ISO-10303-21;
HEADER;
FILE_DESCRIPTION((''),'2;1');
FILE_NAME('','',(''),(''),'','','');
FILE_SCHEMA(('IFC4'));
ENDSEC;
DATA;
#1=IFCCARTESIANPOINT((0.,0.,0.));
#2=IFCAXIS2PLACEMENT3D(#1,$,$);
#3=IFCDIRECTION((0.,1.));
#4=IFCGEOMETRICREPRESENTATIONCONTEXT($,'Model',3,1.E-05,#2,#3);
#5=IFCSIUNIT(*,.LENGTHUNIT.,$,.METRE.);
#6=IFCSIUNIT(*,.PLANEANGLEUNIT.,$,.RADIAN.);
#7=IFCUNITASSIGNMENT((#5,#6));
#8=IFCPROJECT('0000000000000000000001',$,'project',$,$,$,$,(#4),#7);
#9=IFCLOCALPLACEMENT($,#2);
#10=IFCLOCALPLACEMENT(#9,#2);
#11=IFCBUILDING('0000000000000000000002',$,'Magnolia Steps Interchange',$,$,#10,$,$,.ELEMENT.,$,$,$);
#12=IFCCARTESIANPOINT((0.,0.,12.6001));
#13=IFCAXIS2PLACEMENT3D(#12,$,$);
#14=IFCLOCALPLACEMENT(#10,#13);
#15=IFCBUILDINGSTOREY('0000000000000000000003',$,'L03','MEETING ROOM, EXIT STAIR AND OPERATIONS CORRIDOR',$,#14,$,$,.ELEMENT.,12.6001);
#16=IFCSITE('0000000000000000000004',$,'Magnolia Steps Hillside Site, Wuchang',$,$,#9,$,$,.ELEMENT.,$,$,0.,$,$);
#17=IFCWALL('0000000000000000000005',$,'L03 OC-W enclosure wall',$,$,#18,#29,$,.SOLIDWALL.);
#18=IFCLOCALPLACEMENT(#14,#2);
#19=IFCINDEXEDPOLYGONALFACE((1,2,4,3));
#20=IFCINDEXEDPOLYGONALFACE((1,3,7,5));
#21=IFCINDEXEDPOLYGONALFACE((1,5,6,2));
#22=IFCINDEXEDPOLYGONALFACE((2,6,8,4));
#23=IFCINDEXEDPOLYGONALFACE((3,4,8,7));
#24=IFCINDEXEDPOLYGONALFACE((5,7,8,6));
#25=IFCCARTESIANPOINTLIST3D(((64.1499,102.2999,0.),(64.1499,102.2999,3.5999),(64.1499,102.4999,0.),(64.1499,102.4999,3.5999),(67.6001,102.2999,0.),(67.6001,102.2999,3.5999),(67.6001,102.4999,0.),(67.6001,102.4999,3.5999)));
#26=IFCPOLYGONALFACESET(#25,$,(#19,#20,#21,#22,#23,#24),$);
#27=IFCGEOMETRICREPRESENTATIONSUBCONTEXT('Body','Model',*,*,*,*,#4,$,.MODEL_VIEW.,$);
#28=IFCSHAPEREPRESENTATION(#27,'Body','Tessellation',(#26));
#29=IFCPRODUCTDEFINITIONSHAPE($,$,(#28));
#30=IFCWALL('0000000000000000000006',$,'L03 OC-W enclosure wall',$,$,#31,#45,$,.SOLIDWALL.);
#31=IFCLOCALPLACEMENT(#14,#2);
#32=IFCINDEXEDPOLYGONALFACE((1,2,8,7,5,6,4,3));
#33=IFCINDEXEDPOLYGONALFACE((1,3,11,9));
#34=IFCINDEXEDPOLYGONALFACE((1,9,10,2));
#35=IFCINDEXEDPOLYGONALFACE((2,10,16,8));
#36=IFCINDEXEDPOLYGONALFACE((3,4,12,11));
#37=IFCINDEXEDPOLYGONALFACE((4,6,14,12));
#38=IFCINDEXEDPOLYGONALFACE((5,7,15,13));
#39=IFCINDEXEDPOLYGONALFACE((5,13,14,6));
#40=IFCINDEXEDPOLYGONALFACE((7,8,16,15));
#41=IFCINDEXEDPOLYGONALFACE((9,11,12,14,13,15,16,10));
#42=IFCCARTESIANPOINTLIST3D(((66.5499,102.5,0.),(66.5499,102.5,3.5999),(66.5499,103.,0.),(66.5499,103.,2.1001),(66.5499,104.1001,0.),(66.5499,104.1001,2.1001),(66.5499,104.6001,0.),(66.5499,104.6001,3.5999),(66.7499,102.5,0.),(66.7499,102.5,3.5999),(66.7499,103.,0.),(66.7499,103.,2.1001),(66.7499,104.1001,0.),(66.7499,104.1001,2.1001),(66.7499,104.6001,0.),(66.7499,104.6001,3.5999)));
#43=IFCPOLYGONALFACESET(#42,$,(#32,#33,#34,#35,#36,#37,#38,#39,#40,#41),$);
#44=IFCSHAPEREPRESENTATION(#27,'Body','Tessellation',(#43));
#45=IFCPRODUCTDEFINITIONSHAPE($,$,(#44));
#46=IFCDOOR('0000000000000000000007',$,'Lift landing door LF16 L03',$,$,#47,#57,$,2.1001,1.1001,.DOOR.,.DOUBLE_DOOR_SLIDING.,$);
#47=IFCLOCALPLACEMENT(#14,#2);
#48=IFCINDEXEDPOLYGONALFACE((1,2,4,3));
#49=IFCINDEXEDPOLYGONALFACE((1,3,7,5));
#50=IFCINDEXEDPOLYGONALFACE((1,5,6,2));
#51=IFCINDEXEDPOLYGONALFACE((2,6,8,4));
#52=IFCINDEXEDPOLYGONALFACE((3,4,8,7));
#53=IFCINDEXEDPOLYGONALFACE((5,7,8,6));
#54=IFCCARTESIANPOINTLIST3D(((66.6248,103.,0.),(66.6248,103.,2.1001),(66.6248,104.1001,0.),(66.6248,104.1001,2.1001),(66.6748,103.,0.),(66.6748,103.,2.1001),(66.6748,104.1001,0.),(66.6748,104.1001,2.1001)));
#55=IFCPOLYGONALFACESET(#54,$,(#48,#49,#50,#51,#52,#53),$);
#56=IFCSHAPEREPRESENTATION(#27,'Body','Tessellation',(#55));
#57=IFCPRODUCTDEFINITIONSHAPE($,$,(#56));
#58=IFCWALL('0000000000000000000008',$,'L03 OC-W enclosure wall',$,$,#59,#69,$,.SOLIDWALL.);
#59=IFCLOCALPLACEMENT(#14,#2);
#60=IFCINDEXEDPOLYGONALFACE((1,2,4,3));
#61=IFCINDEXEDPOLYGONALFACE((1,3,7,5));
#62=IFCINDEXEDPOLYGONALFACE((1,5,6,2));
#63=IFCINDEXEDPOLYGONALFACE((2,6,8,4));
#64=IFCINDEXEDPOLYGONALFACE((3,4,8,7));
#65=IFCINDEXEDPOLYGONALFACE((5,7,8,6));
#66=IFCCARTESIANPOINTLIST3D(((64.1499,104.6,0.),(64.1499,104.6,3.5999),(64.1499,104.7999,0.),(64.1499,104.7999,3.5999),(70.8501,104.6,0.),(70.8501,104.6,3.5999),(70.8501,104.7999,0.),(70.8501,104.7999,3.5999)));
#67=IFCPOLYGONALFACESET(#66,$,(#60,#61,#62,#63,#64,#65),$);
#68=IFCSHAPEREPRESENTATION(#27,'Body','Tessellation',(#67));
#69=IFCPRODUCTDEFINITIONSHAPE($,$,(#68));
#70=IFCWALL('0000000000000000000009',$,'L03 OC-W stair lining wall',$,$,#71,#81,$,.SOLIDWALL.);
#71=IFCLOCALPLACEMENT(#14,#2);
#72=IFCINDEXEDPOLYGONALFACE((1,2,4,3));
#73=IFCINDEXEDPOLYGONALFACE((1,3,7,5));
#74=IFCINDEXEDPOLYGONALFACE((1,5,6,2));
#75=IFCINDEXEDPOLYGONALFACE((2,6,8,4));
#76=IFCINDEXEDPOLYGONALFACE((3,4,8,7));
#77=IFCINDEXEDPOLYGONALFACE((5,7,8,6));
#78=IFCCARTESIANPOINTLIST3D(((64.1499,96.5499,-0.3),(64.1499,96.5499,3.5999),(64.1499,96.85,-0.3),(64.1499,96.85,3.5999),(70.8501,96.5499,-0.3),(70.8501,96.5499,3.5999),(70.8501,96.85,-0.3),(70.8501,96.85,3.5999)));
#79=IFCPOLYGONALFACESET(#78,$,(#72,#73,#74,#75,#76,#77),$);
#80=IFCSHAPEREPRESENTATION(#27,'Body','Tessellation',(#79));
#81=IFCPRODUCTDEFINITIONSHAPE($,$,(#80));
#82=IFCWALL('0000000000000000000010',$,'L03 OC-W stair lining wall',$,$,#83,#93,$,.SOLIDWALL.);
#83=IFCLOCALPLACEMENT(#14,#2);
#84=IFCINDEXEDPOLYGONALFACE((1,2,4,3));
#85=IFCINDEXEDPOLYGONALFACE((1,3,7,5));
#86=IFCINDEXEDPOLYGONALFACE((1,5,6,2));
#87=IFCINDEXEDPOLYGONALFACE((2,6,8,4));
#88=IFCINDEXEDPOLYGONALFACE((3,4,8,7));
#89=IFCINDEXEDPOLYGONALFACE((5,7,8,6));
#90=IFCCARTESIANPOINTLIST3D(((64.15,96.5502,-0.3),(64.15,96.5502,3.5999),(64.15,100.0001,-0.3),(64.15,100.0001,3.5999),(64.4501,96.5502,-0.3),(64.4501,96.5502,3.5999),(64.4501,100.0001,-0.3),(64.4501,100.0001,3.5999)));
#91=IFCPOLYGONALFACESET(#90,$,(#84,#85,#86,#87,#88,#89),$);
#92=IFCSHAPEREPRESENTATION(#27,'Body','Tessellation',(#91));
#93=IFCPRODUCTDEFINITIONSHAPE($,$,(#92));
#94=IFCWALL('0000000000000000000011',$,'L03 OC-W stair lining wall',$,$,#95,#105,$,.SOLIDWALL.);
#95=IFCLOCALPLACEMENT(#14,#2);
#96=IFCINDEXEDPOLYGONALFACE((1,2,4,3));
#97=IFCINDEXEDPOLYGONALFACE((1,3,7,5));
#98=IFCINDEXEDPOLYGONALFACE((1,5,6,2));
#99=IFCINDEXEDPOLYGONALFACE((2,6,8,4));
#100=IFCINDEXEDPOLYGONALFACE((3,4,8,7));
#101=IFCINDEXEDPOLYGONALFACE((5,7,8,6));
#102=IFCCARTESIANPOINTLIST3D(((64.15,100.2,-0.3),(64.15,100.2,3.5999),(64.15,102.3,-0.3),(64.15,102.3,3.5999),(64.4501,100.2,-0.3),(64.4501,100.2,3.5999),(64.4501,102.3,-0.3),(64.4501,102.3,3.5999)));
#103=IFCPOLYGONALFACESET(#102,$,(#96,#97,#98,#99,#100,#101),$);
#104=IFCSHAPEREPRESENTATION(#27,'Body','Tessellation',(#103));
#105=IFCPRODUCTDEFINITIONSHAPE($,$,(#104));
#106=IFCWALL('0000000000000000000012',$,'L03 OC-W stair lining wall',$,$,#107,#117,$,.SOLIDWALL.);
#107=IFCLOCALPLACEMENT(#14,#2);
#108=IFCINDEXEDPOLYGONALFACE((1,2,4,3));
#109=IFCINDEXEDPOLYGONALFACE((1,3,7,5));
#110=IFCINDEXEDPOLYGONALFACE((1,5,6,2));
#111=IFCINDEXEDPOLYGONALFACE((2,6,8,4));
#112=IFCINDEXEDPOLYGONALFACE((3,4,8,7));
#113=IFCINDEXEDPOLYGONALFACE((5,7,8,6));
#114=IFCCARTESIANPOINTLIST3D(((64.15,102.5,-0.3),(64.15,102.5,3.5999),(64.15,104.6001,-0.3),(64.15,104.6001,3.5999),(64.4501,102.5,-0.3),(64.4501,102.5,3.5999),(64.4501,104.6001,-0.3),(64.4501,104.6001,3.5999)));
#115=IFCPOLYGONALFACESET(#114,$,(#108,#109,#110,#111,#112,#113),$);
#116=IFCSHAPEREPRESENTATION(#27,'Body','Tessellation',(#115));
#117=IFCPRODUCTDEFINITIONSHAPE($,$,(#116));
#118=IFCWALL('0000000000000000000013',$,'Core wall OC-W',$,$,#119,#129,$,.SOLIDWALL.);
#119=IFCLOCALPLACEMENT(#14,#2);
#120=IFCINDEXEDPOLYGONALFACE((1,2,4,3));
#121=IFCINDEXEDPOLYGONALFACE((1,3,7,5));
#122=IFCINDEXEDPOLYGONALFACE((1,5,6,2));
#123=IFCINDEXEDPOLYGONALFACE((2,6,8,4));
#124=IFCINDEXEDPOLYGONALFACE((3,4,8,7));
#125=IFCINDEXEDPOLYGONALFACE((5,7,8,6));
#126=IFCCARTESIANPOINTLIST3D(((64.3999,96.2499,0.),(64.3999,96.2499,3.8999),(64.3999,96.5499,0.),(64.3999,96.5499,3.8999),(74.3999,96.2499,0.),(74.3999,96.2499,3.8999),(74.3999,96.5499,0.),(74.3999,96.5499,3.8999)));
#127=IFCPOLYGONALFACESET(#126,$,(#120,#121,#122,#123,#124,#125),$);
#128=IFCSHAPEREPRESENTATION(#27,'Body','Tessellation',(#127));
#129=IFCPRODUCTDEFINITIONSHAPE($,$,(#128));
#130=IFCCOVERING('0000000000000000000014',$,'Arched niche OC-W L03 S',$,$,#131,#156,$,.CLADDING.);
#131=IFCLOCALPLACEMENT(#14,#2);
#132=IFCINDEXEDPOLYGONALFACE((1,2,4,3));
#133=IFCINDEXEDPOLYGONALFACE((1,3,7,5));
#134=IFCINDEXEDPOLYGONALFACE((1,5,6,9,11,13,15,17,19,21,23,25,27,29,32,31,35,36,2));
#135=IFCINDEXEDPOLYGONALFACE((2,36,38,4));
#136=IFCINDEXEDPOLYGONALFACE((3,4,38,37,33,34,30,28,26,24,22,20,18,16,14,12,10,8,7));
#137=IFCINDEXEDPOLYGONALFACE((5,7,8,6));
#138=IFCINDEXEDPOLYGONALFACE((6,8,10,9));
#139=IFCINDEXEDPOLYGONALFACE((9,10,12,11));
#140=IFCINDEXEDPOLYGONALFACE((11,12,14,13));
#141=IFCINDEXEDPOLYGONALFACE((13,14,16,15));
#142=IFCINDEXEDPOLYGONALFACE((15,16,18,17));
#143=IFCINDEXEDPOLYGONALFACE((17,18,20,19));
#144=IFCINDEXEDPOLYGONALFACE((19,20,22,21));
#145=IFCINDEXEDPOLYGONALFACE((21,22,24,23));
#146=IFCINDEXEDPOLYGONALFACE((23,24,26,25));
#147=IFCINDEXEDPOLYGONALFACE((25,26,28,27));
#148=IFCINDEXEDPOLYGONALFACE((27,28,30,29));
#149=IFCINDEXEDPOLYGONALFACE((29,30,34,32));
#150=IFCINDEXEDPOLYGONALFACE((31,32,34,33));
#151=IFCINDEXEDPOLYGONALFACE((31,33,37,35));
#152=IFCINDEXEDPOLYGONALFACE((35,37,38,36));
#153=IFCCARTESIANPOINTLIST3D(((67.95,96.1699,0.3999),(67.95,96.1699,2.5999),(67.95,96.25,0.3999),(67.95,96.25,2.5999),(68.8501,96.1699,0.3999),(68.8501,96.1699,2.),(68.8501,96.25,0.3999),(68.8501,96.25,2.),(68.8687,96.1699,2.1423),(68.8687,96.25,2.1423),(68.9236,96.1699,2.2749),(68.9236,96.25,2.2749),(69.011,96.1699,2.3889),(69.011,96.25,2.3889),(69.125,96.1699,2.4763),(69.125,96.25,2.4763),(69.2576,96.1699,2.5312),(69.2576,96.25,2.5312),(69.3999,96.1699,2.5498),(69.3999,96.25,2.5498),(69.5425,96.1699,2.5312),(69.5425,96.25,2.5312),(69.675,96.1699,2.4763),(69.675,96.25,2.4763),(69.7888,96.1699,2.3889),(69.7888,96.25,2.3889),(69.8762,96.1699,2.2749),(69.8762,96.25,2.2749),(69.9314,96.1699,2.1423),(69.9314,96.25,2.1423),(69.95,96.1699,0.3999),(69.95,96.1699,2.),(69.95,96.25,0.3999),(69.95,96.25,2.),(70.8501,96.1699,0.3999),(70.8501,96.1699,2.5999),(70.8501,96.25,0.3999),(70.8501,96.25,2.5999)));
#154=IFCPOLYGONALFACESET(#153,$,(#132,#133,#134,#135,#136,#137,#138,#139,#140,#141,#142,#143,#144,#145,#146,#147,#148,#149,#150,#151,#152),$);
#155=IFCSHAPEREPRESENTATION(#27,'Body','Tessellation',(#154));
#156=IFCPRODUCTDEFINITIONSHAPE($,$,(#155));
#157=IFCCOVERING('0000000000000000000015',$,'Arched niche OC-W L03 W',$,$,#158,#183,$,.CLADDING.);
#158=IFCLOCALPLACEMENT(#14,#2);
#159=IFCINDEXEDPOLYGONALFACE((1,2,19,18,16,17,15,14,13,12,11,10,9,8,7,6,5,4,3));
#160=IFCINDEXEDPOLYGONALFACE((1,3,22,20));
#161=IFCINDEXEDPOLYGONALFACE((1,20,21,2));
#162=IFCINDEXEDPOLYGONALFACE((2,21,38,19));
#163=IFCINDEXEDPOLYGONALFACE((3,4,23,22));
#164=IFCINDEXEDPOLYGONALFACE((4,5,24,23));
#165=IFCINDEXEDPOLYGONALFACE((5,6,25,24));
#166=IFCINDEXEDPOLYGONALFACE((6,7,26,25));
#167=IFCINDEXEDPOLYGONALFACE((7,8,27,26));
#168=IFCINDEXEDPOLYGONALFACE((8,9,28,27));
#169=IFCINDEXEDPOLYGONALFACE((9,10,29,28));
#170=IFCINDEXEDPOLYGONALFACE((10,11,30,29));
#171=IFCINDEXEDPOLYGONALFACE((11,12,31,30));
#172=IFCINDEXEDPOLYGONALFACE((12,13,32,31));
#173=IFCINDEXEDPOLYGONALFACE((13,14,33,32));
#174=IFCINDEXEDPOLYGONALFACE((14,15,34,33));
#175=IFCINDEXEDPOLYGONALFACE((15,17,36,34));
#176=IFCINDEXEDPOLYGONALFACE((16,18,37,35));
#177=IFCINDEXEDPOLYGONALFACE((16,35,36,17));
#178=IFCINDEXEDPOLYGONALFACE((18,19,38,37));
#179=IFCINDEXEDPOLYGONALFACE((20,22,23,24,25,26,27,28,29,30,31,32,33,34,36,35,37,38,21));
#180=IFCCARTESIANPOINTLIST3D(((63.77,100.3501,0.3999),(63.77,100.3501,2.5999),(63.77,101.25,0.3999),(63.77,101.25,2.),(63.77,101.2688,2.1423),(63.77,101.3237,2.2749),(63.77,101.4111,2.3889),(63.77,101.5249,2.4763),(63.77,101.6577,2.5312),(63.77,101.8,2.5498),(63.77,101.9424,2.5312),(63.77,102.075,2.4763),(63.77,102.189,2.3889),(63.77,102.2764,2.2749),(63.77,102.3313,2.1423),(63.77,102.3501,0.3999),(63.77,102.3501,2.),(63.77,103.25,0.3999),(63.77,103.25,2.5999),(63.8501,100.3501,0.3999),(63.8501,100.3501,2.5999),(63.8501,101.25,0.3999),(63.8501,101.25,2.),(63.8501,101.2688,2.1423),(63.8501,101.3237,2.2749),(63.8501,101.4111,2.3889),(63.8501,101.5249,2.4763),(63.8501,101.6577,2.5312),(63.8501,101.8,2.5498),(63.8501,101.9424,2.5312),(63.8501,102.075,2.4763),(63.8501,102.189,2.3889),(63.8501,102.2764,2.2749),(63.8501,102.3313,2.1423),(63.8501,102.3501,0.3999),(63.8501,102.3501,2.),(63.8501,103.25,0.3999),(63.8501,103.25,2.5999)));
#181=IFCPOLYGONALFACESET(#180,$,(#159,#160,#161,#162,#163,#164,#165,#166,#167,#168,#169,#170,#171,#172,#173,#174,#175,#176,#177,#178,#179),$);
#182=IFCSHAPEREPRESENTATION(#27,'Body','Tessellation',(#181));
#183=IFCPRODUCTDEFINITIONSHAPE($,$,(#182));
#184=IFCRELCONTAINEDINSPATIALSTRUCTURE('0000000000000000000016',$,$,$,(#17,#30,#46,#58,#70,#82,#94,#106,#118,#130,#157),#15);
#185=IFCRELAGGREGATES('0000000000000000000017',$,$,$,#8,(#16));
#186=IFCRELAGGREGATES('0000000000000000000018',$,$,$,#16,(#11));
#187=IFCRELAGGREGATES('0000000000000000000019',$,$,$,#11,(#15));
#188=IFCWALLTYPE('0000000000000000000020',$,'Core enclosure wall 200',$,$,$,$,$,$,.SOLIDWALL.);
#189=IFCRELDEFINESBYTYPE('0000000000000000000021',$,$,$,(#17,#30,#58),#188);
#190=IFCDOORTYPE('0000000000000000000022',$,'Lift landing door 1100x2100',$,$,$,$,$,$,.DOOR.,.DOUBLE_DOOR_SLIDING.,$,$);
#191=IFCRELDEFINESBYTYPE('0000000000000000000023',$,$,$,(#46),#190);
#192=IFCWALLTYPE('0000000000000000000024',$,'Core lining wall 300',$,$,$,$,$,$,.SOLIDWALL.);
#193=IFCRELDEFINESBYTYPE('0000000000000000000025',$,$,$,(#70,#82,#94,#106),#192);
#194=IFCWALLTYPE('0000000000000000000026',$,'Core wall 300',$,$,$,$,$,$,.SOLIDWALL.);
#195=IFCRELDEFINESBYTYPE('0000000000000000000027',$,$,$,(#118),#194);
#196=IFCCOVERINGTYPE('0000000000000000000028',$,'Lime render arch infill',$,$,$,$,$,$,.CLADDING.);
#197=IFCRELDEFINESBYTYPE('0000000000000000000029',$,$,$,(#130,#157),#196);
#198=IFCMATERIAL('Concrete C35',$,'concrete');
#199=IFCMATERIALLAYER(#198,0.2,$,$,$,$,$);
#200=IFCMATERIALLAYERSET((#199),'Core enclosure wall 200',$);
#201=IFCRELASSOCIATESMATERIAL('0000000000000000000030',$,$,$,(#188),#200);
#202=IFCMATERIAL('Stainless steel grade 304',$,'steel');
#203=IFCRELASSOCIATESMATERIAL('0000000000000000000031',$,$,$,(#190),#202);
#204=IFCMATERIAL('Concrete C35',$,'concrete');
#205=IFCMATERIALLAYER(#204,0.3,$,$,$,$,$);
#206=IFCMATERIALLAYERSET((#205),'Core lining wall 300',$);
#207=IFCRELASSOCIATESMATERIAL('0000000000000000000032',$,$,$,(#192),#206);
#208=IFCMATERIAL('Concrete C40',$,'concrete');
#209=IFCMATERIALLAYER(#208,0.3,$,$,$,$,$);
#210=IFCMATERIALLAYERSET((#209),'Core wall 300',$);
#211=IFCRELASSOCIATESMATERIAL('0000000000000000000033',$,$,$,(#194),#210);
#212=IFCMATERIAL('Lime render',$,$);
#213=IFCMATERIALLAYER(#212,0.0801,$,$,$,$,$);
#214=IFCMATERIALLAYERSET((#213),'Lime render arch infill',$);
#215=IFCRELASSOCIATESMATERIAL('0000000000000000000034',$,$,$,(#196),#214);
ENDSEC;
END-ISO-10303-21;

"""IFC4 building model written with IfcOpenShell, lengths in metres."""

from ifc_helpers import new_model, si_unit, direction, frame, frame_2d, origin, place, context, subcontext, project, spatial, polyline, rectangle, outline, extrude, material, layer, layer_set, type_object, element, fill, save


model = new_model("IFC4")

# Units and contexts
model_context = context("Model", 3, precision=1e-05, world=origin(), true_north=direction((0.0, 1.0)))
body_context = subcontext(model_context, "Body", "Model", "MODEL_VIEW")
ifc_project = project(units=[si_unit("LENGTHUNIT", "METRE"), si_unit("PLANEANGLEUNIT", "RADIAN")], contexts=[model_context])

# Site, building, storey
site_placement = place(None, origin())
site = spatial("IfcSite", under=ifc_project, at=site_placement, Name="Magnolia Steps Hillside Site, Wuchang", CompositionType="ELEMENT", RefElevation=0.0)
building_placement = place(site_placement, origin())
building = spatial("IfcBuilding", under=site, at=building_placement, Name="Magnolia Steps Interchange", CompositionType="ELEMENT")
storey_placement = place(building_placement, frame((0.0, 0.0, 12.6001)))
storey = spatial("IfcBuildingStorey", under=building, at=storey_placement, Name="L03", Description="MEETING ROOM, EXIT STAIR AND OPERATIONS CORRIDOR", CompositionType="ELEMENT", Elevation=12.6001)

# Shared definitions
ifc_material_1 = material(Name="Concrete C35", Category="concrete")
ifc_layer_1 = layer(ifc_material_1, 0.2)
ifc_layer_set_1 = layer_set([ifc_layer_1], Name="Core enclosure wall 200")
wall_type_1 = type_object("IfcWallType", Name="Core enclosure wall 200", PredefinedType="SOLIDWALL", material=ifc_layer_set_1)

# Shared definitions
ifc_material_2 = material(Name="Stainless steel grade 304", Category="steel")
door_type_1 = type_object("IfcDoorType", Name="Lift landing door 1100x2100", OperationType="DOUBLE_DOOR_SLIDING", PredefinedType="DOOR", material=ifc_material_2)

# Wall
wall_1_placement = place(storey_placement, frame((67.6001, 102.3999, 0.0), z_axis=(0.0, 0.0, 1.0), x_axis=(-1.0, 0.0, 0.0)))
element("IfcWall", 1, at=wall_1_placement, inside=storey, type_object=wall_type_1, Name="L03 OC-W enclosure wall", PredefinedType="SOLIDWALL", context=body_context, shape_type="SweptSolid", body=[
    extrude(rectangle(XDim=3.4502, YDim=0.2, at=frame_2d((1.7251, 0.0))), origin(), (0.0, 0.0, 1.0), 3.5999),
])

# Wall, opening, door
wall_2_placement = place(storey_placement, frame((66.6499, 102.5, 0.0), z_axis=(0.0, 0.0, 1.0), x_axis=(0.0, 1.0, 0.0)))
wall_2 = element("IfcWall", 2, at=wall_2_placement, inside=storey, type_object=wall_type_1, Name="L03 OC-W enclosure wall", PredefinedType="SOLIDWALL", context=body_context, shape_type="SweptSolid", body=[
    extrude(rectangle(XDim=2.1001, YDim=0.2, at=frame_2d((1.05, 0.0))), origin(), (0.0, 0.0, 1.0), 3.5999),
])
opening_1_placement = place(wall_2_placement, frame((0.5, 0.0, 0.0)))
opening_1 = element("IfcOpeningElement", 3, at=opening_1_placement, cuts=wall_2, PredefinedType="OPENING", context=body_context, shape_type="SweptSolid", body=[
    extrude(rectangle(XDim=1.1001, YDim=2.1001, at=frame_2d((0.55, 1.05))), frame((0.0, 0.1099, 0.0), z_axis=(0.0, -1.0, 0.0), x_axis=(1.0, 0.0, 0.0)), (0.0, 0.0, 1.0), 0.22),
])
door_1_placement = place(opening_1_placement, frame((1.1001, 0.0, 0.0), z_axis=(0.0, 0.0, 1.0), x_axis=(-1.0, 0.0, 0.0)))
door_1 = element("IfcDoor", 4, at=door_1_placement, inside=storey, type_object=door_type_1, Name="Lift landing door LF16 L03", OperationType="DOUBLE_DOOR_SLIDING", OverallHeight=2.1001, OverallWidth=1.1001, PredefinedType="DOOR", context=body_context, shape_type="SweptSolid", body=[
    extrude(rectangle(XDim=1.1001, YDim=2.1001, at=frame_2d((0.55, 1.05))), frame((0.0, 0.0249, 0.0), z_axis=(0.0, -1.0, 0.0), x_axis=(1.0, 0.0, 0.0)), (0.0, 0.0, 1.0), 0.05),
])
fill(opening_1, door_1)

# Walls
wall_3_placement = place(storey_placement, frame((70.8501, 104.7, 0.0), z_axis=(0.0, 0.0, 1.0), x_axis=(-1.0, 0.0, 0.0)))
element("IfcWall", 5, at=wall_3_placement, inside=storey, type_object=wall_type_1, Name="L03 OC-W enclosure wall", PredefinedType="SOLIDWALL", context=body_context, shape_type="SweptSolid", body=[
    extrude(rectangle(XDim=6.7002, YDim=0.2, at=frame_2d((3.3501, 0.0))), origin(), (0.0, 0.0, 1.0), 3.5999),
])
ifc_material_3 = material(Name="Concrete C35", Category="concrete")
ifc_layer_2 = layer(ifc_material_3, 0.3)
ifc_layer_set_2 = layer_set([ifc_layer_2], Name="Core lining wall 300")
wall_type_2 = type_object("IfcWallType", Name="Core lining wall 300", PredefinedType="SOLIDWALL", material=ifc_layer_set_2)
wall_4_placement = place(storey_placement, frame((70.8501, 96.7, -0.3), z_axis=(0.0, 0.0, 1.0), x_axis=(-1.0, 0.0, 0.0)))
element("IfcWall", 6, at=wall_4_placement, inside=storey, type_object=wall_type_2, Name="L03 OC-W stair lining wall", PredefinedType="SOLIDWALL", context=body_context, shape_type="SweptSolid", body=[
    extrude(rectangle(XDim=6.7002, YDim=0.3, at=frame_2d((3.3501, 0.0))), origin(), (0.0, 0.0, 1.0), 3.8999),
])
wall_5_placement = place(storey_placement, frame((64.3, 96.55, -0.3), z_axis=(0.0, 0.0, 1.0), x_axis=(0.0, 1.0, 0.0)))
element("IfcWall", 7, at=wall_5_placement, inside=storey, type_object=wall_type_2, Name="L03 OC-W stair lining wall", PredefinedType="SOLIDWALL", context=body_context, shape_type="SweptSolid", body=[
    extrude(rectangle(XDim=3.45, YDim=0.3, at=frame_2d((1.7251, 0.0))), origin(), (0.0, 0.0, 1.0), 3.8999),
])
for number, where, z_axis, x_axis, name in (
    (8, (64.3, 100.2, -0.3), (0.0, 0.0, 1.0), (0.0, 1.0, 0.0), "L03 OC-W stair lining wall"),
    (9, (64.3, 102.5, -0.3), (0.0, 0.0, 1.0), (0.0, 1.0, 0.0), "L03 OC-W stair lining wall"),
):
    element("IfcWall", number, at=place(storey_placement, frame(where, z_axis=z_axis, x_axis=x_axis)), inside=storey, type_object=wall_type_2, Name=name, PredefinedType="SOLIDWALL", context=body_context, shape_type="SweptSolid", body=[
        extrude(rectangle(XDim=2.1001, YDim=0.3, at=frame_2d((1.05, 0.0))), origin(), (0.0, 0.0, 1.0), 3.8999),
    ])
ifc_material_4 = material(Name="Concrete C40", Category="concrete")
ifc_layer_3 = layer(ifc_material_4, 0.3)
ifc_layer_set_3 = layer_set([ifc_layer_3], Name="Core wall 300")
wall_type_3 = type_object("IfcWallType", Name="Core wall 300", PredefinedType="SOLIDWALL", material=ifc_layer_set_3)
wall_6_placement = place(storey_placement, frame((64.3999, 96.3999, 0.0), z_axis=(0.0, 0.0, 1.0), x_axis=(1.0, 0.0, 0.0)))
element("IfcWall", 10, at=wall_6_placement, inside=storey, type_object=wall_type_3, Name="Core wall OC-W", PredefinedType="SOLIDWALL", context=body_context, shape_type="SweptSolid", body=[
    extrude(rectangle(XDim=10.0, YDim=0.3, at=frame_2d((5.0, 0.0))), origin(), (0.0, 0.0, 1.0), 3.8999),
])

# Coverings
ifc_material_5 = material(Name="Lime render")
ifc_layer_4 = layer(ifc_material_5, 0.0801)
ifc_layer_set_4 = layer_set([ifc_layer_4], Name="Lime render arch infill")
covering_type_1 = type_object("IfcCoveringType", Name="Lime render arch infill", PredefinedType="CLADDING", material=ifc_layer_set_4)
covering_1_placement = place(storey_placement, frame((67.95, 96.25, 0.3999), z_axis=(0.0, 1.0, 0.0), x_axis=(0.0, 0.0, 1.0)))
element("IfcCovering", 11, at=covering_1_placement, inside=storey, type_object=covering_type_1, Name="Arched niche OC-W L03 S", PredefinedType="CLADDING", context=body_context, shape_type="SweptSolid", body=[
    extrude(outline(polyline([(0.0, 0.0), (2.2, 0.0), (2.2, 2.9001), (0.0, 2.9001), (0.0, 2.0), (1.6001, 2.0), (1.7424, 1.9814), (1.875, 1.9263), (1.989, 1.8389), (2.0764, 1.7251), (2.1313, 1.5925), (2.1499, 1.45), (2.1313, 1.3076), (2.0764, 1.175), (1.989, 1.061), (1.875, 0.9736), (1.7424, 0.9187), (1.6001, 0.9001), (0.0, 0.9001), (0.0, 0.0)])), origin(), (0.0, 0.0, -1.0), 0.0801),
])
covering_2_placement = place(storey_placement, frame((63.8501, 101.25, 0.3999), z_axis=(1.0, 0.0, 0.0), x_axis=(0.0, 0.0, 1.0)))
element("IfcCovering", 12, at=covering_2_placement, inside=storey, type_object=covering_type_1, Name="Arched niche OC-W L03 W", PredefinedType="CLADDING", context=body_context, shape_type="SweptSolid", body=[
    extrude(outline(polyline([(0.0, 0.0), (1.6001, 0.0), (1.7424, -0.0188), (1.875, -0.0737), (1.989, -0.1611), (2.0764, -0.2749), (2.1313, -0.4077), (2.1499, -0.55), (2.1313, -0.6924), (2.0764, -0.825), (1.989, -0.939), (1.875, -1.0264), (1.7424, -1.0813), (1.6001, -1.1001), (0.0, -1.1001), (0.0, -2.0), (2.2, -2.0), (2.2, 0.8999), (0.0, 0.8999), (0.0, 0.0)])), origin(), (0.0, 0.0, -1.0), 0.0801),
])

save(model, "model.ifc")
